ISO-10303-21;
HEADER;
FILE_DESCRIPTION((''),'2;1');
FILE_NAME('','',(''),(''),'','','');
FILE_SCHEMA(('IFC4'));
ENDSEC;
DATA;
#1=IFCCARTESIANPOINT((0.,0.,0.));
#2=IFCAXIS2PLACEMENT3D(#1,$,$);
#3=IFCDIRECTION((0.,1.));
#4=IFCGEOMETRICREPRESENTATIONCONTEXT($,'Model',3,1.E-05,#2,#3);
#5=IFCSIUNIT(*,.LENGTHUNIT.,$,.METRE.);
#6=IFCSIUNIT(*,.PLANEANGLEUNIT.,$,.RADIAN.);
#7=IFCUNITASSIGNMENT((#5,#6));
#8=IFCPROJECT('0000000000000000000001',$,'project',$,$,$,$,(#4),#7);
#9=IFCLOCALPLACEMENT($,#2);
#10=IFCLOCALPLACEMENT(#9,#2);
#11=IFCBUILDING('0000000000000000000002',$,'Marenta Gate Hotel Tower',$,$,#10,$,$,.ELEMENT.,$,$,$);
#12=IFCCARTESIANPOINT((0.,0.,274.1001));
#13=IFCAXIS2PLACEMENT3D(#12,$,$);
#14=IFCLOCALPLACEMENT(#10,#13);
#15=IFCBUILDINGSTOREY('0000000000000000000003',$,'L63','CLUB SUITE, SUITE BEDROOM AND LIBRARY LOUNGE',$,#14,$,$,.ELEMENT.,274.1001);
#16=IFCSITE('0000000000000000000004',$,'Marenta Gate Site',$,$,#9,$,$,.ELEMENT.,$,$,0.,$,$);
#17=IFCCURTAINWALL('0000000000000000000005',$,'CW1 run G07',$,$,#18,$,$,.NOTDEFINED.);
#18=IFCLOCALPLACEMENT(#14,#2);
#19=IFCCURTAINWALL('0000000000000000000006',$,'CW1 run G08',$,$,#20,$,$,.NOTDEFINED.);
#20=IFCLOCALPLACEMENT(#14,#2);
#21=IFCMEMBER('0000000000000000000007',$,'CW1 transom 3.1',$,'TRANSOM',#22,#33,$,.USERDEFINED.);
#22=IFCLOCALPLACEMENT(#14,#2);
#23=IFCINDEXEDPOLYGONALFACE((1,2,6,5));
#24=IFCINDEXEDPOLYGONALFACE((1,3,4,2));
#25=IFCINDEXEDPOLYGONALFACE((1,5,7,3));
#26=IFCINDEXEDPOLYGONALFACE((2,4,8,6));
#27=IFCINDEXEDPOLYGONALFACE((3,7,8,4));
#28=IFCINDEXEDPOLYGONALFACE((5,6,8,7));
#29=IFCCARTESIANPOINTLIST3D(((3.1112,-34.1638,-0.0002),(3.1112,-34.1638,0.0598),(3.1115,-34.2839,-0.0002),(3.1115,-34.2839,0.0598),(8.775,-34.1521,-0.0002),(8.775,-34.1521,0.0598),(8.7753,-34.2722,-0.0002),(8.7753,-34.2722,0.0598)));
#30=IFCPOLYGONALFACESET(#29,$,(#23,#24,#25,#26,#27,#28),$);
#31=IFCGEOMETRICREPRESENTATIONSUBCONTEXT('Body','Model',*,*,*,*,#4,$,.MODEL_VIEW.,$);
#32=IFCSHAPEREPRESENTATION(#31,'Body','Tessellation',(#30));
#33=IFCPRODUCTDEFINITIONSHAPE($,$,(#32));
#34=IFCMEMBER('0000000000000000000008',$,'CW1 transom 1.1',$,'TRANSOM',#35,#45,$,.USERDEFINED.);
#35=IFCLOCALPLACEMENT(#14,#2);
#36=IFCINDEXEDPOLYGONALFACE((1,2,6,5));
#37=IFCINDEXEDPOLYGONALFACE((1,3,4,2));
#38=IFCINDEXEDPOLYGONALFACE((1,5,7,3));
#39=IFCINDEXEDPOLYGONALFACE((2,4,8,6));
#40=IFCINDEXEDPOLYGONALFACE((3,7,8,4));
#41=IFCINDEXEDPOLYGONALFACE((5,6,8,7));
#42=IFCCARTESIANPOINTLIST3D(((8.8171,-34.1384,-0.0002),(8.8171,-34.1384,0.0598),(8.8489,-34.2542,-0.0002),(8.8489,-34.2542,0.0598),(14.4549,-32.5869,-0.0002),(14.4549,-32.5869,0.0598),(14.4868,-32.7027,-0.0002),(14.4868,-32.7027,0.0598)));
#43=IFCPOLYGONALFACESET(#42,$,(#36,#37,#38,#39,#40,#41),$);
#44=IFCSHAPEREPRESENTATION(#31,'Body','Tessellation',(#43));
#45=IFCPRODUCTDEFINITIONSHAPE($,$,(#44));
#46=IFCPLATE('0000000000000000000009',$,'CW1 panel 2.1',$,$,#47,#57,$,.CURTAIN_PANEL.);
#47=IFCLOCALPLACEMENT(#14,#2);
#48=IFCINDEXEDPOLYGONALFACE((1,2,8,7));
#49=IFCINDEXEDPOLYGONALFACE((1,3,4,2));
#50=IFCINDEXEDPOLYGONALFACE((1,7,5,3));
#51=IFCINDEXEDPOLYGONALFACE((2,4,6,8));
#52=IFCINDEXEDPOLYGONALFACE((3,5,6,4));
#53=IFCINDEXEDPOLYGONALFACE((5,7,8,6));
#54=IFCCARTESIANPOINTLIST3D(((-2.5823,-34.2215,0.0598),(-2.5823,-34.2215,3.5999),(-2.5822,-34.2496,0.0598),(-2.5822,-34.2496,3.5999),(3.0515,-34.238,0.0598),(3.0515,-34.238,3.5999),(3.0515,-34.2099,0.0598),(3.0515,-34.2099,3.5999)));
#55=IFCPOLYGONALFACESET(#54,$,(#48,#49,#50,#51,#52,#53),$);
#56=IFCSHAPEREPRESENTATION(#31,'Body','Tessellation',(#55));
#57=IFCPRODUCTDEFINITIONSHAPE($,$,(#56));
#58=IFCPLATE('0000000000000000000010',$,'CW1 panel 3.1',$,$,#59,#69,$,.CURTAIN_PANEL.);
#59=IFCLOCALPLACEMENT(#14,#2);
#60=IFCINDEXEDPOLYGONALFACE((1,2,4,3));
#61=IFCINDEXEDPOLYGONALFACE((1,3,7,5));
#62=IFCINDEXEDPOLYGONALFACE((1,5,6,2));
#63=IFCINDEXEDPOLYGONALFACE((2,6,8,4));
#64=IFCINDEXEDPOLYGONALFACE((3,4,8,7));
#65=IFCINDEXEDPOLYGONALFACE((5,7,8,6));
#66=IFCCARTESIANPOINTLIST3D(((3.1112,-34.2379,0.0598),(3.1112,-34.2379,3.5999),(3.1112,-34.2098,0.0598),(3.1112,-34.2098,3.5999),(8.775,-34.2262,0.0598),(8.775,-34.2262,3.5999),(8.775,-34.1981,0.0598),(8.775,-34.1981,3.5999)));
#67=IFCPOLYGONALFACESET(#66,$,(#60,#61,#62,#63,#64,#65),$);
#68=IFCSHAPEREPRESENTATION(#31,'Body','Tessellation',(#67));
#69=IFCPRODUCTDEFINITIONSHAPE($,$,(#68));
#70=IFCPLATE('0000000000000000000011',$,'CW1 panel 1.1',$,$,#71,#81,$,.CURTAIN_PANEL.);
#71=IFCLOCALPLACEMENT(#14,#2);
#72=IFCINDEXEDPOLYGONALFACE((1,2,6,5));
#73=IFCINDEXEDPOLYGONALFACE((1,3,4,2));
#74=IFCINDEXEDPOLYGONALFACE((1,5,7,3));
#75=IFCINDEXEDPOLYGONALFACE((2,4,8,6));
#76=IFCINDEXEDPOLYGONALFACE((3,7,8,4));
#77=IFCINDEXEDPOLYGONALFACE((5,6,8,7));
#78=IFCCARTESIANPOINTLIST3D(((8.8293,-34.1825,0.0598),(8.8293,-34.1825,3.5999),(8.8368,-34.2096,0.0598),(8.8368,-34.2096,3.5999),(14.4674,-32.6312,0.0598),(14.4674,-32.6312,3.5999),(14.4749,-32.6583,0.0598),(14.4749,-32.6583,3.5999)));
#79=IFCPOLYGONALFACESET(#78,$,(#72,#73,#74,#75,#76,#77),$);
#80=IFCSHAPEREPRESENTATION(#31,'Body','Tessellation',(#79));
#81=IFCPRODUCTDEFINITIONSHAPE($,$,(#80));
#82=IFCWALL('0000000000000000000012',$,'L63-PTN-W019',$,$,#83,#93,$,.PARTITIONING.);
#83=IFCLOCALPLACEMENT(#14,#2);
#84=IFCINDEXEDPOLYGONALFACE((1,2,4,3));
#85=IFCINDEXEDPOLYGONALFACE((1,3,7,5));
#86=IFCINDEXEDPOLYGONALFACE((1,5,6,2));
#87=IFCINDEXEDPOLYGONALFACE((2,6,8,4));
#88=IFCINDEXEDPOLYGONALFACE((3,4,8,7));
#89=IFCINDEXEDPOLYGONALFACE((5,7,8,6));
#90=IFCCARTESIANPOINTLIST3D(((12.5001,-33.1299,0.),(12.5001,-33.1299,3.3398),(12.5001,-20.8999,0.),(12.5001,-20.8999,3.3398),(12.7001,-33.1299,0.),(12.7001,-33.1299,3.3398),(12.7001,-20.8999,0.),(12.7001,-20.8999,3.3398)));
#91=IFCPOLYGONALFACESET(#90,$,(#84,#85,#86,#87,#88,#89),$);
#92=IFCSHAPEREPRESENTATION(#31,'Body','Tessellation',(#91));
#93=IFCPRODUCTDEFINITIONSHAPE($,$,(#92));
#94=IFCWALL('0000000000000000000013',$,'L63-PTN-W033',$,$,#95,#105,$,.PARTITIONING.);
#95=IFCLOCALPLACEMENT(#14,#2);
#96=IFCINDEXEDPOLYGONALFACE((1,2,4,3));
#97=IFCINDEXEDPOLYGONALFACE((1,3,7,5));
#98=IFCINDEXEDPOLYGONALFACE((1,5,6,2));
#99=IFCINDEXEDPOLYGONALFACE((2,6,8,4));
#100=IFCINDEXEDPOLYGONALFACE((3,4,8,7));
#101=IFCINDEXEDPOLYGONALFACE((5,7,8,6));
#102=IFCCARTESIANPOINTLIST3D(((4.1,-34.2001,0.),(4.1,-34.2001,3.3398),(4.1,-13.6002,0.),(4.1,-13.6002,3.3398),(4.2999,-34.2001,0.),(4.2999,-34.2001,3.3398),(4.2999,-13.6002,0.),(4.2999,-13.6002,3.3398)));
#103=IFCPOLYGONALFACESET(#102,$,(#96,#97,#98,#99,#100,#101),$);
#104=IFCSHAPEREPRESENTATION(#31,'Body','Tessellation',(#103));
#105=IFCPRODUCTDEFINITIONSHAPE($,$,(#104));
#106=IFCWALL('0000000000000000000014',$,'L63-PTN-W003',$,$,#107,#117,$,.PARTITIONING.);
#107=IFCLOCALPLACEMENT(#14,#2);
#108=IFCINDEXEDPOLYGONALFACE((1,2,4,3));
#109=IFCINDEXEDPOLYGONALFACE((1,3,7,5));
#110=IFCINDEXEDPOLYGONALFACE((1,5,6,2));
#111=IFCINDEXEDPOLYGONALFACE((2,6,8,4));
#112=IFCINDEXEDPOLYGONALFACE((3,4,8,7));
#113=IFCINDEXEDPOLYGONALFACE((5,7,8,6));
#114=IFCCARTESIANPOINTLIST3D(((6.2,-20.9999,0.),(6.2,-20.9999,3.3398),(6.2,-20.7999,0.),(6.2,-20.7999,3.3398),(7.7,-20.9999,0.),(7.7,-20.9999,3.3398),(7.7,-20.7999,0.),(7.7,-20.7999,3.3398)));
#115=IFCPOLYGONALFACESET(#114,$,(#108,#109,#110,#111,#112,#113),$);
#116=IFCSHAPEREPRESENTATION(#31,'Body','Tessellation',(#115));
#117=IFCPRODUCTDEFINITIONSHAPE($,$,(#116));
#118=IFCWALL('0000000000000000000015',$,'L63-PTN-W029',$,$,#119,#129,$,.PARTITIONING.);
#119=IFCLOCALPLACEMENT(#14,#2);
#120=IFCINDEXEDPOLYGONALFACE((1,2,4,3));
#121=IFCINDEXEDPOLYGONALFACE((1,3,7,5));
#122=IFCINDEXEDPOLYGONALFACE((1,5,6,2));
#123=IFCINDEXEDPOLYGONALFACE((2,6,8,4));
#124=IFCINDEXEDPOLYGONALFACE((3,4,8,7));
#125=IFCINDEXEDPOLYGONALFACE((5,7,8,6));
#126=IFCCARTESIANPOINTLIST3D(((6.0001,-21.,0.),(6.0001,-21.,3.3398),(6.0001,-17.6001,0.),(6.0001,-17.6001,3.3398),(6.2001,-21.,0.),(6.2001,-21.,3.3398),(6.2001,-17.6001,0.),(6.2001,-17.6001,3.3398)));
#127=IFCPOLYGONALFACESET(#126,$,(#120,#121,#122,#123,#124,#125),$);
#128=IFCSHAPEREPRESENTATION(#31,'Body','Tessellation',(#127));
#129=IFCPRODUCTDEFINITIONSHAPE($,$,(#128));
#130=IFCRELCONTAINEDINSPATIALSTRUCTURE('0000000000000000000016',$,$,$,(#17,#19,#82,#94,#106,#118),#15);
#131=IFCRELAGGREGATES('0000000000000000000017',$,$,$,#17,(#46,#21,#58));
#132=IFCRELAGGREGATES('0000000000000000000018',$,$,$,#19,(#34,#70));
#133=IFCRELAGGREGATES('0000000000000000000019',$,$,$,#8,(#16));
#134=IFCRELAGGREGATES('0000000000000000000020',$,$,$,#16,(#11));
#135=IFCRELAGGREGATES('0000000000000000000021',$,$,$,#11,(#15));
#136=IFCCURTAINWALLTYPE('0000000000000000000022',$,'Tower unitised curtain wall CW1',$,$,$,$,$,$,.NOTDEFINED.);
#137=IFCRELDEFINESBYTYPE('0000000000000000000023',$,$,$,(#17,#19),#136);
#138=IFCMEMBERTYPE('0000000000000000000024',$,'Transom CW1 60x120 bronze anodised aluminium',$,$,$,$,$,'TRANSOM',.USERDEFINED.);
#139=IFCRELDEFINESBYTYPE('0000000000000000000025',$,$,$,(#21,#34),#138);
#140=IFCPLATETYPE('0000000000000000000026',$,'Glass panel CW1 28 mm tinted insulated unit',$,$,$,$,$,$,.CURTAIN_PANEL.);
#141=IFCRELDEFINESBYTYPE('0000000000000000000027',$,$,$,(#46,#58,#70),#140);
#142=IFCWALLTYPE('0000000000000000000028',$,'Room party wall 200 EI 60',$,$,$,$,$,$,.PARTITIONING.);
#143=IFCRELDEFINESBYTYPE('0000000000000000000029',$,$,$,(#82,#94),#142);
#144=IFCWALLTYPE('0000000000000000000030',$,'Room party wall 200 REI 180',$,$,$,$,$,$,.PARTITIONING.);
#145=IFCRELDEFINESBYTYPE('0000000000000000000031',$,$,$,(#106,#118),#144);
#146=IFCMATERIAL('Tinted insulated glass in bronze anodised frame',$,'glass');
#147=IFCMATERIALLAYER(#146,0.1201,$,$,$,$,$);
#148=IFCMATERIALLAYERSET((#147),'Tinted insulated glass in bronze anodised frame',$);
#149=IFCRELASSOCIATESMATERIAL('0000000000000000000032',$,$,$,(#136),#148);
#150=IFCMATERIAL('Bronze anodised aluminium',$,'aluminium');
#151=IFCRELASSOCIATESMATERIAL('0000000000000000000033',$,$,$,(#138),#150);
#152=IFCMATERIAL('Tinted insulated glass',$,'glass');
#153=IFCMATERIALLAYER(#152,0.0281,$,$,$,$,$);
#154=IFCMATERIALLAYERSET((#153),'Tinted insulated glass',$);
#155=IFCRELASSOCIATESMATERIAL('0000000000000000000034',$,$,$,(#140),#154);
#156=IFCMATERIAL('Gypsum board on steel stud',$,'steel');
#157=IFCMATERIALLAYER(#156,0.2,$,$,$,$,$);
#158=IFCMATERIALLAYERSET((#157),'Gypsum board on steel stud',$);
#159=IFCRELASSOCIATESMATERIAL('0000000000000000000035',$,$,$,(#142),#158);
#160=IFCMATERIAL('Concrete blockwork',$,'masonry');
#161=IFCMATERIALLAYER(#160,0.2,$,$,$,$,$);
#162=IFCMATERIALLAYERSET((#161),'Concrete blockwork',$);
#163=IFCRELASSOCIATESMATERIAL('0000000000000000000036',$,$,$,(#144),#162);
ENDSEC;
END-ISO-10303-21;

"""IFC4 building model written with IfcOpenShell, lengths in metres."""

from ifc_helpers import new_model, si_unit, direction, frame, frame_2d, origin, origin_2d, place, context, subcontext, project, spatial, rectangle, extrude, material, layer, layer_set, material_profile, profile_set, type_object, element, aggregate, save


model = new_model("IFC4")

# Units and contexts
model_context = context("Model", 3, precision=1e-05, world=origin(), true_north=direction((0.0, 1.0)))
body_context = subcontext(model_context, "Body", "Model", "MODEL_VIEW")
ifc_project = project(units=[si_unit("LENGTHUNIT", "METRE"), si_unit("PLANEANGLEUNIT", "RADIAN")], contexts=[model_context])

# Site, building, storey
site_placement = place(None, origin())
site = spatial("IfcSite", under=ifc_project, at=site_placement, Name="Marenta Gate Site", CompositionType="ELEMENT", RefElevation=0.0)
building_placement = place(site_placement, origin())
building = spatial("IfcBuilding", under=site, at=building_placement, Name="Marenta Gate Hotel Tower", CompositionType="ELEMENT")
storey_placement = place(building_placement, frame((0.0, 0.0, 274.1001)))
storey = spatial("IfcBuildingStorey", under=building, at=storey_placement, Name="L63", Description="CLUB SUITE, SUITE BEDROOM AND LIBRARY LOUNGE", CompositionType="ELEMENT", Elevation=274.1001)

# Curtain walls
ifc_material_1 = material(Name="Tinted insulated glass in bronze anodised frame", Category="glass")
ifc_layer_1 = layer(ifc_material_1, 0.1201)
ifc_layer_set_1 = layer_set([ifc_layer_1], Name="Tinted insulated glass in bronze anodised frame")
curtain_wall_type = type_object("IfcCurtainWallType", Name="Tower unitised curtain wall CW1", PredefinedType="NOTDEFINED", material=ifc_layer_set_1)
curtain_wall_1_placement = place(storey_placement, origin())
curtain_wall_1 = element("IfcCurtainWall", 1, at=curtain_wall_1_placement, inside=storey, type_object=curtain_wall_type, Name="CW1 run G07", PredefinedType="NOTDEFINED")
curtain_wall_2_placement = place(storey_placement, origin())
curtain_wall_2 = element("IfcCurtainWall", 2, at=curtain_wall_2_placement, inside=storey, type_object=curtain_wall_type, Name="CW1 run G08", PredefinedType="NOTDEFINED")

# Members
ifc_material_2 = material(Name="Bronze anodised aluminium", Category="aluminium")
ifc_material_profile_1 = material_profile(ifc_material_2, rectangle(XDim=0.1201, YDim=0.0601, at=origin_2d()), Name="Transom CW1 60x120 bronze anodised aluminium")
ifc_profile_set_1 = profile_set([ifc_material_profile_1], Name="Bronze anodised aluminium")
member_type_1 = type_object("IfcMemberType", Name="Transom CW1 60x120 bronze anodised aluminium", ElementType="TRANSOM", PredefinedType="USERDEFINED", material=ifc_profile_set_1)
member_1_placement = place(storey_placement, frame((3.1113, -34.2239, 0.0298), z_axis=(0.999998, 0.002069, 0.0), x_axis=(-0.002069, 0.999998, 0.0)))
member_1 = element("IfcMember", 3, at=member_1_placement, type_object=member_type_1, Name="CW1 transom 3.1", ObjectType="TRANSOM", PredefinedType="USERDEFINED", context=body_context, shape_type="SweptSolid", body=[
    extrude(rectangle(XDim=0.1201, YDim=0.0601, at=origin_2d()), origin(), (0.0, 0.0, 1.0), 5.6638),
])
member_2_placement = place(storey_placement, frame((8.833, -34.1963, 0.0298), z_axis=(0.964158, 0.265328, 0.0), x_axis=(-0.265328, 0.964158, 0.0)))
member_2 = element("IfcMember", 4, at=member_2_placement, type_object=member_type_1, Name="CW1 transom 1.1", ObjectType="TRANSOM", PredefinedType="USERDEFINED", context=body_context, shape_type="SweptSolid", body=[
    extrude(rectangle(XDim=0.1201, YDim=0.0601, at=origin_2d()), origin(), (0.0, 0.0, 1.0), 5.8474),
])

# Plates
ifc_material_3 = material(Name="Tinted insulated glass", Category="glass")
ifc_layer_2 = layer(ifc_material_3, 0.0281)
ifc_layer_set_2 = layer_set([ifc_layer_2], Name="Tinted insulated glass")
plate_type = type_object("IfcPlateType", Name="Glass panel CW1 28 mm tinted insulated unit", PredefinedType="CURTAIN_PANEL", material=ifc_layer_set_2)
plate_1_placement = place(storey_placement, frame((0.2346, -34.2297, 0.0598), z_axis=(0.0, 0.0, 1.0), x_axis=(0.999998, 0.002067, 0.0)))
plate_1 = element("IfcPlate", 5, at=plate_1_placement, type_object=plate_type, Name="CW1 panel 2.1", PredefinedType="CURTAIN_PANEL", context=body_context, shape_type="SweptSolid", body=[
    extrude(rectangle(XDim=5.6338, YDim=0.0281, at=origin_2d()), origin(), (0.0, 0.0, 1.0), 3.54),
])
plate_2_placement = place(storey_placement, frame((5.9431, -34.218, 0.0598), z_axis=(0.0, 0.0, 1.0), x_axis=(0.999998, 0.002067, 0.0)))
plate_2 = element("IfcPlate", 6, at=plate_2_placement, type_object=plate_type, Name="CW1 panel 3.1", PredefinedType="CURTAIN_PANEL", context=body_context, shape_type="SweptSolid", body=[
    extrude(rectangle(XDim=5.6638, YDim=0.0281, at=origin_2d()), origin(), (0.0, 0.0, 1.0), 3.54),
])
aggregate(curtain_wall_1, [plate_1, member_1, plate_2])
plate_3_placement = place(storey_placement, frame((11.6521, -33.4204, 0.0598), z_axis=(0.0, 0.0, 1.0), x_axis=(0.964168, 0.265292, 0.0)))
plate_3 = element("IfcPlate", 7, at=plate_3_placement, type_object=plate_type, Name="CW1 panel 1.1", PredefinedType="CURTAIN_PANEL", context=body_context, shape_type="SweptSolid", body=[
    extrude(rectangle(XDim=5.8477, YDim=0.0281, at=origin_2d()), origin(), (0.0, 0.0, 1.0), 3.54),
])
aggregate(curtain_wall_2, [member_2, plate_3])

# Walls
ifc_material_4 = material(Name="Gypsum board on steel stud", Category="steel")
ifc_layer_3 = layer(ifc_material_4, 0.2)
ifc_layer_set_3 = layer_set([ifc_layer_3], Name="Gypsum board on steel stud")
wall_type_1 = type_object("IfcWallType", Name="Room party wall 200 EI 60", PredefinedType="PARTITIONING", material=ifc_layer_set_3)
wall_1_placement = place(storey_placement, frame((12.6001, -33.1299, 0.0), z_axis=(0.0, 0.0, 1.0), x_axis=(0.0, 1.0, 0.0)))
element("IfcWall", 8, at=wall_1_placement, inside=storey, type_object=wall_type_1, Name="L63-PTN-W019", PredefinedType="PARTITIONING", context=body_context, shape_type="SweptSolid", body=[
    extrude(rectangle(XDim=12.23, YDim=0.2, at=frame_2d((6.115, 0.0))), origin(), (0.0, 0.0, 1.0), 3.3398),
])
wall_2_placement = place(storey_placement, frame((4.2, -34.2, 0.0), z_axis=(0.0, 0.0, 1.0), x_axis=(0.0, 1.0, 0.0)))
element("IfcWall", 9, at=wall_2_placement, inside=storey, type_object=wall_type_1, Name="L63-PTN-W033", PredefinedType="PARTITIONING", context=body_context, shape_type="SweptSolid", body=[
    extrude(rectangle(XDim=20.5999, YDim=0.2, at=frame_2d((10.2998, 0.0))), origin(), (0.0, 0.0, 1.0), 3.3398),
])
ifc_material_5 = material(Name="Concrete blockwork", Category="masonry")
ifc_layer_4 = layer(ifc_material_5, 0.2)
ifc_layer_set_4 = layer_set([ifc_layer_4], Name="Concrete blockwork")
wall_type_2 = type_object("IfcWallType", Name="Room party wall 200 REI 180", PredefinedType="PARTITIONING", material=ifc_layer_set_4)
wall_3_placement = place(storey_placement, frame((6.2, -20.8999, 0.0), z_axis=(0.0, 0.0, 1.0), x_axis=(1.0, 0.0, 0.0)))
element("IfcWall", 10, at=wall_3_placement, inside=storey, type_object=wall_type_2, Name="L63-PTN-W003", PredefinedType="PARTITIONING", context=body_context, shape_type="SweptSolid", body=[
    extrude(rectangle(XDim=1.5, YDim=0.2, at=frame_2d((0.75, 0.0))), origin(), (0.0, 0.0, 1.0), 3.3398),
])
wall_4_placement = place(storey_placement, frame((6.1001, -21.0, 0.0), z_axis=(0.0, 0.0, 1.0), x_axis=(0.0, 1.0, 0.0)))
element("IfcWall", 11, at=wall_4_placement, inside=storey, type_object=wall_type_2, Name="L63-PTN-W029", PredefinedType="PARTITIONING", context=body_context, shape_type="SweptSolid", body=[
    extrude(rectangle(XDim=3.3999, YDim=0.2, at=frame_2d((1.7, 0.0))), origin(), (0.0, 0.0, 1.0), 3.3398),
])

save(model, "model.ifc")
